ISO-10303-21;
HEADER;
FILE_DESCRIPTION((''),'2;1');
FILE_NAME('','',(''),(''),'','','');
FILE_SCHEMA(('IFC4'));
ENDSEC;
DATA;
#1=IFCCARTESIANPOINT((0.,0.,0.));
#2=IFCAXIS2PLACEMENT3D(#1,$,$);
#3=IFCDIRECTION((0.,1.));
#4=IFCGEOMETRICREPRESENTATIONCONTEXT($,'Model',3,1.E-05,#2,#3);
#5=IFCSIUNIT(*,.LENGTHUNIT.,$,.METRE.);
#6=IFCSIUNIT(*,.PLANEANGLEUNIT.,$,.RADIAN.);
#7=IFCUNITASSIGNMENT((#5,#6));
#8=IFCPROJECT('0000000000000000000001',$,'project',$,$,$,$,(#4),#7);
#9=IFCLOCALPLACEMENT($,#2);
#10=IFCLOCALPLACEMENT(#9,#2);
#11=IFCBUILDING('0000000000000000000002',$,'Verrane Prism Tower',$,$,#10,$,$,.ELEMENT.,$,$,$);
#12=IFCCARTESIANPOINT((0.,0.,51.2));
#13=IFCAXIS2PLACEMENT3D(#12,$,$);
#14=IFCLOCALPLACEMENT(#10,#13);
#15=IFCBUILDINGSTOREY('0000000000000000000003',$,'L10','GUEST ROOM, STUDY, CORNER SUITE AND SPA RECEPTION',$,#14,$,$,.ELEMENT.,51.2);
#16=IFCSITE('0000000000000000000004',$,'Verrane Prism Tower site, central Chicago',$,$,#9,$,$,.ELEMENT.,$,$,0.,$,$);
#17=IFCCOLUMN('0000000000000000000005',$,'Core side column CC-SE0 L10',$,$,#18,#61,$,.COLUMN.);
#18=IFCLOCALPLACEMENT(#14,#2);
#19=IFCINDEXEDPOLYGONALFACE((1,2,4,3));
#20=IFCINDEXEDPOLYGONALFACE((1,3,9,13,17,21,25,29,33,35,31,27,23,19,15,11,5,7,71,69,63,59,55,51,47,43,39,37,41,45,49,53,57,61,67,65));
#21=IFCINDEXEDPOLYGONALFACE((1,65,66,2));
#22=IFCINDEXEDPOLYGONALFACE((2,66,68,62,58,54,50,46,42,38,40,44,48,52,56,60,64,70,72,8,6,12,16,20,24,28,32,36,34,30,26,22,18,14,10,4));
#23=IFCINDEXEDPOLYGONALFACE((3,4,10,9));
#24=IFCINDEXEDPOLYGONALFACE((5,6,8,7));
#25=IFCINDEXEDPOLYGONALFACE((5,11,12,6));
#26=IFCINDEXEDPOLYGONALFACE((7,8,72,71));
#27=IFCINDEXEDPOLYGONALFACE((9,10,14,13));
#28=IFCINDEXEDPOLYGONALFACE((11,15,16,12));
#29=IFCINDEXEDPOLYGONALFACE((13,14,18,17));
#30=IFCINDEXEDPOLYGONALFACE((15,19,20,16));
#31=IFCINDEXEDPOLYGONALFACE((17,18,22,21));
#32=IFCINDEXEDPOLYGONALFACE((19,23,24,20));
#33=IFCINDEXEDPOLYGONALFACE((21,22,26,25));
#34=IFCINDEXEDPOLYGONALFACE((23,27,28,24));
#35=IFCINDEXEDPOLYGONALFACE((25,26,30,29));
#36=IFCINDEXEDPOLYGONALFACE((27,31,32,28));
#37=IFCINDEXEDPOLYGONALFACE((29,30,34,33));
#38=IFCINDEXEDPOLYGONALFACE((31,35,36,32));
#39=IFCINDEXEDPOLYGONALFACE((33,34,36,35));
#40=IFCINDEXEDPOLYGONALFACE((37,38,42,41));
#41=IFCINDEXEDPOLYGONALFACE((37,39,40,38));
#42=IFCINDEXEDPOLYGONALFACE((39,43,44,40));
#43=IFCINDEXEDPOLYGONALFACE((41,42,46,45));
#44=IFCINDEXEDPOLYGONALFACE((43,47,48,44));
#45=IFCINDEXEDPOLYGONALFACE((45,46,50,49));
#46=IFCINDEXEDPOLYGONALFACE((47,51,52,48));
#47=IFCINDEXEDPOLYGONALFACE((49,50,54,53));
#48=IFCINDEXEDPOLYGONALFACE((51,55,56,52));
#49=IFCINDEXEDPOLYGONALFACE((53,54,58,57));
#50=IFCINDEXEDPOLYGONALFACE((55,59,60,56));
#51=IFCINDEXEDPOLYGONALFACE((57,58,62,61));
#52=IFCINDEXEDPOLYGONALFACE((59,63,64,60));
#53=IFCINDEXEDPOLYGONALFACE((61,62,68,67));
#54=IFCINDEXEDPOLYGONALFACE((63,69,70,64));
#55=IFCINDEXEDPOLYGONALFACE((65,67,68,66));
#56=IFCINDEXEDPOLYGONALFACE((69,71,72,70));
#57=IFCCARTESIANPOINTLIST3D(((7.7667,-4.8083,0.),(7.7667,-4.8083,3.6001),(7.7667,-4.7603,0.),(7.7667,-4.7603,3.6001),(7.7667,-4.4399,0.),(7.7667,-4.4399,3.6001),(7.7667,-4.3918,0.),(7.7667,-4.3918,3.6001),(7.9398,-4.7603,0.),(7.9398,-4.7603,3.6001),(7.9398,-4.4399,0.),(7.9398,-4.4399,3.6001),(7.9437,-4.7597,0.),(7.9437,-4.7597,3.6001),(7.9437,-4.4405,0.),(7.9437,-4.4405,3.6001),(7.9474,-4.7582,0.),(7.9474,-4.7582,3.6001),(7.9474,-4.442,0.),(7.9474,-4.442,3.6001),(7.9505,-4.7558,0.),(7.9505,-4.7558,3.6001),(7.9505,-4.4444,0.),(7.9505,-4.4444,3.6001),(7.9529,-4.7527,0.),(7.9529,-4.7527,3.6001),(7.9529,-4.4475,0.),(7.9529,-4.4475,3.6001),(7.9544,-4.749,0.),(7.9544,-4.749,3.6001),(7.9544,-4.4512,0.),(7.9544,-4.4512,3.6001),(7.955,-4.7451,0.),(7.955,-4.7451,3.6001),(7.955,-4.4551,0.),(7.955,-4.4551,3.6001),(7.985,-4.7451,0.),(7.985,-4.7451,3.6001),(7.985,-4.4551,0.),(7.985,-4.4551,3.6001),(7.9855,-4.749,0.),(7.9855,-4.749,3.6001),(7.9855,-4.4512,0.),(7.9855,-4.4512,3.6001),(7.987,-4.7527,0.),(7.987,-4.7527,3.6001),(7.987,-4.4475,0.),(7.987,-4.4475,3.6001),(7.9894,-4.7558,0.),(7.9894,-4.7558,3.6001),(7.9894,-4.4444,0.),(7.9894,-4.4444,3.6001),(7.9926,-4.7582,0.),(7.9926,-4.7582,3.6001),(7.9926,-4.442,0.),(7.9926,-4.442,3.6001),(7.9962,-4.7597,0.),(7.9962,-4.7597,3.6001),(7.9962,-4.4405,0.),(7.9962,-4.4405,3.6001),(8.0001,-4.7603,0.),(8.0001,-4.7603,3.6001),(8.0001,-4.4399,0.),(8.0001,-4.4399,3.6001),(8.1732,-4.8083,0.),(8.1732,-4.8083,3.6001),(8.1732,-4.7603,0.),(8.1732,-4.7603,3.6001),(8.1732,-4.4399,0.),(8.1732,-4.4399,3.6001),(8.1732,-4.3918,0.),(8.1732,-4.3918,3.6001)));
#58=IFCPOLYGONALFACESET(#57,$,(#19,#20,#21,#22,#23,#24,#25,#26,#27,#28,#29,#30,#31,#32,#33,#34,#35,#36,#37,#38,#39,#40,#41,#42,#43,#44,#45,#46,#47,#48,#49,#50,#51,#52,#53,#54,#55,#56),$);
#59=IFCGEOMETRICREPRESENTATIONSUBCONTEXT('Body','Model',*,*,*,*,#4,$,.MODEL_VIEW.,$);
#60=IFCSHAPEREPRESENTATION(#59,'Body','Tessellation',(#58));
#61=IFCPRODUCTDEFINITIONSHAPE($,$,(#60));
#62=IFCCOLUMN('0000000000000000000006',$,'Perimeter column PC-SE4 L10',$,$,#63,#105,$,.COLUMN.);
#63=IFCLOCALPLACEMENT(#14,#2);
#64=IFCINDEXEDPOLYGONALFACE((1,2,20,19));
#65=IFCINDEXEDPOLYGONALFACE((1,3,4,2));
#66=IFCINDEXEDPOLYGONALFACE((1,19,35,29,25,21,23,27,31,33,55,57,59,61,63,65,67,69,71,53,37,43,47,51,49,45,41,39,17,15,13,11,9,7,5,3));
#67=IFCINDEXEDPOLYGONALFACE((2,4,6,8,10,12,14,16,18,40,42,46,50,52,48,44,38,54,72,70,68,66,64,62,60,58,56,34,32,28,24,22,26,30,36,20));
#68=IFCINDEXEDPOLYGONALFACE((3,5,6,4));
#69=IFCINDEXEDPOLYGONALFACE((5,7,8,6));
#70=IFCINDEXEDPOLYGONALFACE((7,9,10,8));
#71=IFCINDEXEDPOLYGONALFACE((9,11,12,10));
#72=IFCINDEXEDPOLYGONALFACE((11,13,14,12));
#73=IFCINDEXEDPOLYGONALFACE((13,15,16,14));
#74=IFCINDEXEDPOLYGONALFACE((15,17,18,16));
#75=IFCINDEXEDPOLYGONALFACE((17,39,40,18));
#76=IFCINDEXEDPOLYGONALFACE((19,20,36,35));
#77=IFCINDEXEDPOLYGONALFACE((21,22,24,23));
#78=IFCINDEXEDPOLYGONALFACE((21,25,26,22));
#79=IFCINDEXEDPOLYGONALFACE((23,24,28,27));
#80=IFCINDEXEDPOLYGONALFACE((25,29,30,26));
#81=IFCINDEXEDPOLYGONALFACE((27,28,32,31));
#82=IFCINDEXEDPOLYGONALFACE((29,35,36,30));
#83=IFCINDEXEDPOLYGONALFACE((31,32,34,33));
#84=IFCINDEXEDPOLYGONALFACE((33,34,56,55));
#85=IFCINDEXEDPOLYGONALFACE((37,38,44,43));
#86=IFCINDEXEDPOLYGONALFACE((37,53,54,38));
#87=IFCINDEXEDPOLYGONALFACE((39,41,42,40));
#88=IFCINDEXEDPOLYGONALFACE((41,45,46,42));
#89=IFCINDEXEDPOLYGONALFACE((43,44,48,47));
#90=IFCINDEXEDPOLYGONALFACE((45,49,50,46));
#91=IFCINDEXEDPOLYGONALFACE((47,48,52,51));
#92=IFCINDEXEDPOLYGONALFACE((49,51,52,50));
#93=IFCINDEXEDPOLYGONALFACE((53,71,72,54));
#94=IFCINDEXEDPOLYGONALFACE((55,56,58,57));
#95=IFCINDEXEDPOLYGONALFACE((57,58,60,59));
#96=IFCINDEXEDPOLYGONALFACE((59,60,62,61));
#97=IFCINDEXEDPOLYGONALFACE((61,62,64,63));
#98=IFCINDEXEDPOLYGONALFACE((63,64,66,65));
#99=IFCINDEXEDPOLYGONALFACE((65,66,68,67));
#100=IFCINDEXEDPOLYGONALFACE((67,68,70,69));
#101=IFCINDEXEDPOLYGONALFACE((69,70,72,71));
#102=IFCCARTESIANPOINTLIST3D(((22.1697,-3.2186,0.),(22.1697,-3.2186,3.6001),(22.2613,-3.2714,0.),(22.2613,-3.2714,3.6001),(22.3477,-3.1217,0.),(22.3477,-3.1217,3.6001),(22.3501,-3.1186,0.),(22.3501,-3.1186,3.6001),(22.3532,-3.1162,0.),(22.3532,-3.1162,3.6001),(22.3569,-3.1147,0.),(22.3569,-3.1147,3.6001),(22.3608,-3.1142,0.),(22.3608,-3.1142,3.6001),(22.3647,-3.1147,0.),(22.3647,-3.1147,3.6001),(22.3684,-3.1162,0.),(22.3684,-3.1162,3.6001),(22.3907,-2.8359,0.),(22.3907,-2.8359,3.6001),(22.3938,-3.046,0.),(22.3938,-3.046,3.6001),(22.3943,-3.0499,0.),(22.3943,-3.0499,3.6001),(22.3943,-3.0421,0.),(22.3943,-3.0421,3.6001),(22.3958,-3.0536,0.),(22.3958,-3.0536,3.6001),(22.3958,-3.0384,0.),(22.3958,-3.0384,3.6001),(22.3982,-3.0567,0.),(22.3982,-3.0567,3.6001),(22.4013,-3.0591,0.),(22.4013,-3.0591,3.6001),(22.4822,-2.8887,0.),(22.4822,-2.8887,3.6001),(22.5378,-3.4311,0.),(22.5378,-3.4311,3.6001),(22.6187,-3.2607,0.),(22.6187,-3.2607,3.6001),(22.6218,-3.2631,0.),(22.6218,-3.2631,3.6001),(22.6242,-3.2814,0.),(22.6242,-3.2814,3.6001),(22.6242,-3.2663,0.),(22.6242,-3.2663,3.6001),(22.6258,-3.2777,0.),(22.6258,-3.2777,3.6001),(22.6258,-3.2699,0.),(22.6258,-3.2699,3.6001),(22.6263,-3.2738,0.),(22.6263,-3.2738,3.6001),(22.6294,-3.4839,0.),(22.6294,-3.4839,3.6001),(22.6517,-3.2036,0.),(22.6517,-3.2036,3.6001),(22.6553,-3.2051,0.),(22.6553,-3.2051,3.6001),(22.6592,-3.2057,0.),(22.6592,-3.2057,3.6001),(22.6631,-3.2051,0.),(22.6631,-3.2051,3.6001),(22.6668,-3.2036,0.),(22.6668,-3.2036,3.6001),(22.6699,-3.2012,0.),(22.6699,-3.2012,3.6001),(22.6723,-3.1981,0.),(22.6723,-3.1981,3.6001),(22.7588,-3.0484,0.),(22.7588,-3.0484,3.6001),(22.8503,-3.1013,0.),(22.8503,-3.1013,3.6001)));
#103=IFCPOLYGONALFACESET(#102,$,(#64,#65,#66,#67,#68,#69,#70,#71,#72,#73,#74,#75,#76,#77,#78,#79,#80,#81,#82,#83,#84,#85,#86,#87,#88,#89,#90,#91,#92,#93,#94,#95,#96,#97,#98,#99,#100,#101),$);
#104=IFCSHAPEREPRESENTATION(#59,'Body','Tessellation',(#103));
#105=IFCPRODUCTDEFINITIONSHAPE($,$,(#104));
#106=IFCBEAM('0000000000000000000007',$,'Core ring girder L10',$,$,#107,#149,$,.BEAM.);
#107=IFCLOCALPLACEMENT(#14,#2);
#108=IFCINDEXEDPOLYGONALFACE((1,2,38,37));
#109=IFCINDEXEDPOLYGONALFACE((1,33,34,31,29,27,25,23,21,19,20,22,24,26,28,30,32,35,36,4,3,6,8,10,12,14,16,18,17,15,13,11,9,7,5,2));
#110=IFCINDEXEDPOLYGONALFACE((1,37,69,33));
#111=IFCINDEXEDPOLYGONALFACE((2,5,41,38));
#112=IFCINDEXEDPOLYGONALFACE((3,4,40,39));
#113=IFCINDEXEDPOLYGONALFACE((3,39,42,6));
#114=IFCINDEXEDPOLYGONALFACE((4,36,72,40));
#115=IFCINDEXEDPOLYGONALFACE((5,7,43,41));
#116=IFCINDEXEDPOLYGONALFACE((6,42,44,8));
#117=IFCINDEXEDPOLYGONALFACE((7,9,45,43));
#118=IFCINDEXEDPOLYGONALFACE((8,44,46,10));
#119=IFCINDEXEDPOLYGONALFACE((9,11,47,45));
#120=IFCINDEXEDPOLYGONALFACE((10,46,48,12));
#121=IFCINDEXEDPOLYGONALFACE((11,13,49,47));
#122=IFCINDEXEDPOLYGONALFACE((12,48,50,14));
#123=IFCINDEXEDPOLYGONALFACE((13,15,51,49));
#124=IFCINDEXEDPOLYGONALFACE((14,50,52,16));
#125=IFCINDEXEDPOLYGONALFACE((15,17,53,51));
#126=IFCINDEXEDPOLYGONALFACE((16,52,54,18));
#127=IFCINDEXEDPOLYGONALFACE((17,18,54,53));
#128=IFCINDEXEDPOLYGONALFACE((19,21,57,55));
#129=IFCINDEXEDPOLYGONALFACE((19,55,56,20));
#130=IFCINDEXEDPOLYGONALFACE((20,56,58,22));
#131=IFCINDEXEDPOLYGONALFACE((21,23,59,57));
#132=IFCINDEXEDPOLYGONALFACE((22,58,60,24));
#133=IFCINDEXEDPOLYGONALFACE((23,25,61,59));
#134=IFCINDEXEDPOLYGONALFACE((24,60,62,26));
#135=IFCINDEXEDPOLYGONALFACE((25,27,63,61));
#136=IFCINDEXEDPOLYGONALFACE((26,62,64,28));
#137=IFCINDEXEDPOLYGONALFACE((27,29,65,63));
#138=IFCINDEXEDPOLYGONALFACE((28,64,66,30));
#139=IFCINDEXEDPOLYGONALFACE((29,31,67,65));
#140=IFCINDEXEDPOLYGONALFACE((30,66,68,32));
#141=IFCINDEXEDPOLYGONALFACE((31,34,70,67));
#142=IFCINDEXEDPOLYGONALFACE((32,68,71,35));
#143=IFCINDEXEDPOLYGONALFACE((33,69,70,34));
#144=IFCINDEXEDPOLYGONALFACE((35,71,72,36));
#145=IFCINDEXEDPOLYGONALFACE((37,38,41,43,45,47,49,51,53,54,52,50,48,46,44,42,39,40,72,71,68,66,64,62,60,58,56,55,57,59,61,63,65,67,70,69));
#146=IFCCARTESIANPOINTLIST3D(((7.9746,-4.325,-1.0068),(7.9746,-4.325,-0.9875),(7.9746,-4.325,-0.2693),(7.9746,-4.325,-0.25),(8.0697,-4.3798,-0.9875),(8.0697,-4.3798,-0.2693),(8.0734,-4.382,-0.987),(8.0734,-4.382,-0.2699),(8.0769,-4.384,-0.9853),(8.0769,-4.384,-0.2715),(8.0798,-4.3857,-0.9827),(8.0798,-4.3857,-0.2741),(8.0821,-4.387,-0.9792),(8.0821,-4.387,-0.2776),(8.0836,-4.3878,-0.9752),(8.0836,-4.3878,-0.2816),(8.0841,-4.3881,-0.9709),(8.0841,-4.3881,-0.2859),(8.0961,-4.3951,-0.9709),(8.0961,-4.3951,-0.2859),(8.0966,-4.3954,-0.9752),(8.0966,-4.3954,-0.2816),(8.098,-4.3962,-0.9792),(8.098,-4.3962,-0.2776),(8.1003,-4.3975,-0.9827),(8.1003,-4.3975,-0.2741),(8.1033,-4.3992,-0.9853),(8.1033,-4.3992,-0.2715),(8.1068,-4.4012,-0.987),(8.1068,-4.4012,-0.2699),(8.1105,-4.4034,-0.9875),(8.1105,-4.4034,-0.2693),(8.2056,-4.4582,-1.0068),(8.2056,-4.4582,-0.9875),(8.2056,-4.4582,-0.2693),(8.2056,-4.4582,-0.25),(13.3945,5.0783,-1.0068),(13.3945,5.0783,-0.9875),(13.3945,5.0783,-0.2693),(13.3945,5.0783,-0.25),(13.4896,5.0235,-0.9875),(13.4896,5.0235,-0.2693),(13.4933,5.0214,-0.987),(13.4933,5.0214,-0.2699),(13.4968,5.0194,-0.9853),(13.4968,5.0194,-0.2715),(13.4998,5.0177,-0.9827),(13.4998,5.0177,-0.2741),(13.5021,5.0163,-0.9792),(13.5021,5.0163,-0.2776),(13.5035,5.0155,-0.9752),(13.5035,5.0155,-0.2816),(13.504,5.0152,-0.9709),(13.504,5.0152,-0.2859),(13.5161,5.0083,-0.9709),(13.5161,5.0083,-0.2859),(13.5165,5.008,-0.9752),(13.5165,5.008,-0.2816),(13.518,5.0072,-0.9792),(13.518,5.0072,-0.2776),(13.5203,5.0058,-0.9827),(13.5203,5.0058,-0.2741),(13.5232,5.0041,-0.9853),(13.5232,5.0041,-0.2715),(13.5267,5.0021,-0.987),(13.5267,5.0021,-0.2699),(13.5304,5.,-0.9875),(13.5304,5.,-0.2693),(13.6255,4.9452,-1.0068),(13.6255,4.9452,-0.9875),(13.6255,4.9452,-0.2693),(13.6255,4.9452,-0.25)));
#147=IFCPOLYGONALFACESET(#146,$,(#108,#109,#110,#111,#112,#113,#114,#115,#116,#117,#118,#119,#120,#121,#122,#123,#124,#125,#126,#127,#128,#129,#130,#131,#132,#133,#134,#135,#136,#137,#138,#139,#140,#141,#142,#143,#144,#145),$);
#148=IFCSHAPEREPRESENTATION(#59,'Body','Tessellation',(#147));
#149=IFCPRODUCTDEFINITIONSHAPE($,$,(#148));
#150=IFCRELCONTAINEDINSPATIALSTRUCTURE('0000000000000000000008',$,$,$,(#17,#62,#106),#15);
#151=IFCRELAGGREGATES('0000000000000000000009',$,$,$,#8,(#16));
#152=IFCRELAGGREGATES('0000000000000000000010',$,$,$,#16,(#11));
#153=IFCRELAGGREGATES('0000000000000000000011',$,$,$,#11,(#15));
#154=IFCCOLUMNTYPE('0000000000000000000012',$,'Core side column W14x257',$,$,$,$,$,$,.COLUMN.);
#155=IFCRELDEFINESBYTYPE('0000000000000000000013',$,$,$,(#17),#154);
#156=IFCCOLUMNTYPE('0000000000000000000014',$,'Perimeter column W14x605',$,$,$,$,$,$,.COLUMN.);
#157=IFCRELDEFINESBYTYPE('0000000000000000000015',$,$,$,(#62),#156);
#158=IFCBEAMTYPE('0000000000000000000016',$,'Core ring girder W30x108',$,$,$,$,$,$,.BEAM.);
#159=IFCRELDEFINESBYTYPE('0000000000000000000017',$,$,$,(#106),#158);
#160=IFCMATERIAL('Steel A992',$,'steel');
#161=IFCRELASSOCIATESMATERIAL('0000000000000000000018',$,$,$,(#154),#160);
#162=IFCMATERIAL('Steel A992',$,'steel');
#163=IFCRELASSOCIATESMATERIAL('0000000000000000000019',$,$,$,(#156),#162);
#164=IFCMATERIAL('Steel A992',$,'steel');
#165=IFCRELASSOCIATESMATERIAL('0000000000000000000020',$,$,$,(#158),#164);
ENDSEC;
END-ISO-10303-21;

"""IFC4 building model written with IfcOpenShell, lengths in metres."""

from ifc_helpers import new_model, si_unit, direction, frame, origin, origin_2d, place, context, subcontext, project, spatial, i_section, extrude, material, material_profile, profile_set, type_object, element, save


model = new_model("IFC4")

# Units and contexts
model_context = context("Model", 3, precision=1e-05, world=origin(), true_north=direction((0.0, 1.0)))
body_context = subcontext(model_context, "Body", "Model", "MODEL_VIEW")
ifc_project = project(units=[si_unit("LENGTHUNIT", "METRE"), si_unit("PLANEANGLEUNIT", "RADIAN")], contexts=[model_context])

# Site, building, storey
site_placement = place(None, origin())
site = spatial("IfcSite", under=ifc_project, at=site_placement, Name="Verrane Prism Tower site, central Chicago", CompositionType="ELEMENT", RefElevation=0.0)
building_placement = place(site_placement, origin())
building = spatial("IfcBuilding", under=site, at=building_placement, Name="Verrane Prism Tower", CompositionType="ELEMENT")
storey_placement = place(building_placement, frame((0.0, 0.0, 51.2)))
storey = spatial("IfcBuildingStorey", under=building, at=storey_placement, Name="L10", Description="GUEST ROOM, STUDY, CORNER SUITE AND SPA RECEPTION", CompositionType="ELEMENT", Elevation=51.2)

# Columns
ifc_material_1 = material(Name="Steel A992", Category="steel")
ifc_material_profile_1 = material_profile(ifc_material_1, i_section(OverallWidth=0.4065, OverallDepth=0.4165, WebThickness=0.03, FlangeThickness=0.0481, FilletRadius=0.0151, at=origin_2d()), Name="W14x257")
ifc_profile_set_1 = profile_set([ifc_material_profile_1], Name="Steel A992")
column_type_1 = type_object("IfcColumnType", Name="Core side column W14x257", PredefinedType="COLUMN", material=ifc_profile_set_1)
column_1_placement = place(storey_placement, frame((7.97, -4.6001, 0.0), z_axis=(0.0, 0.0, 1.0), x_axis=(1.0, 0.0, 0.0)))
element("IfcColumn", 1, at=column_1_placement, inside=storey, type_object=column_type_1, Name="Core side column CC-SE0 L10", PredefinedType="COLUMN", context=body_context, shape_type="SweptSolid", body=[
    extrude(i_section(OverallWidth=0.4065, OverallDepth=0.4165, WebThickness=0.03, FlangeThickness=0.0481, FilletRadius=0.0151, at=origin_2d()), origin(), (0.0, 0.0, 1.0), 3.6001),
])
ifc_material_2 = material(Name="Steel A992", Category="steel")
ifc_material_profile_2 = material_profile(ifc_material_2, i_section(OverallWidth=0.4419, OverallDepth=0.5308, WebThickness=0.0659, FlangeThickness=0.1057, FilletRadius=0.0151, at=origin_2d()), Name="W14x605")
ifc_profile_set_2 = profile_set([ifc_material_profile_2], Name="Steel A992")
column_type_2 = type_object("IfcColumnType", Name="Perimeter column W14x605", PredefinedType="COLUMN", material=ifc_profile_set_2)
column_2_placement = place(storey_placement, frame((22.51, -3.1599, 0.0), z_axis=(0.0, 0.0, 1.0), x_axis=(-0.5, -0.866025, 0.0)))
element("IfcColumn", 2, at=column_2_placement, inside=storey, type_object=column_type_2, Name="Perimeter column PC-SE4 L10", PredefinedType="COLUMN", context=body_context, shape_type="SweptSolid", body=[
    extrude(i_section(OverallWidth=0.4419, OverallDepth=0.5308, WebThickness=0.0659, FlangeThickness=0.1057, FilletRadius=0.0151, at=origin_2d()), origin(), (0.0, 0.0, 1.0), 3.6001),
])

# Beam
ifc_material_3 = material(Name="Steel A992", Category="steel")
ifc_material_profile_3 = material_profile(ifc_material_3, i_section(OverallWidth=0.2666, OverallDepth=0.7568, WebThickness=0.0139, FlangeThickness=0.0193, FilletRadius=0.0166, at=origin_2d()), Name="W30x108")
ifc_profile_set_3 = profile_set([ifc_material_profile_3], Name="Steel A992")
beam_type_1 = type_object("IfcBeamType", Name="Core ring girder W30x108", PredefinedType="BEAM", material=ifc_profile_set_3)
beam_1_placement = place(storey_placement, frame((8.0901, -4.3916, -0.6284), z_axis=(0.499372, 0.866388, 0.0), x_axis=(-0.866388, 0.499372, 0.0)))
element("IfcBeam", 3, at=beam_1_placement, inside=storey, type_object=beam_type_1, Name="Core ring girder L10", PredefinedType="BEAM", context=body_context, shape_type="SweptSolid", body=[
    extrude(i_section(OverallWidth=0.2666, OverallDepth=0.7568, WebThickness=0.0139, FlangeThickness=0.0193, FilletRadius=0.0166, at=origin_2d()), origin(), (0.0, 0.0, 1.0), 10.8535),
])

save(model, "model.ifc")
